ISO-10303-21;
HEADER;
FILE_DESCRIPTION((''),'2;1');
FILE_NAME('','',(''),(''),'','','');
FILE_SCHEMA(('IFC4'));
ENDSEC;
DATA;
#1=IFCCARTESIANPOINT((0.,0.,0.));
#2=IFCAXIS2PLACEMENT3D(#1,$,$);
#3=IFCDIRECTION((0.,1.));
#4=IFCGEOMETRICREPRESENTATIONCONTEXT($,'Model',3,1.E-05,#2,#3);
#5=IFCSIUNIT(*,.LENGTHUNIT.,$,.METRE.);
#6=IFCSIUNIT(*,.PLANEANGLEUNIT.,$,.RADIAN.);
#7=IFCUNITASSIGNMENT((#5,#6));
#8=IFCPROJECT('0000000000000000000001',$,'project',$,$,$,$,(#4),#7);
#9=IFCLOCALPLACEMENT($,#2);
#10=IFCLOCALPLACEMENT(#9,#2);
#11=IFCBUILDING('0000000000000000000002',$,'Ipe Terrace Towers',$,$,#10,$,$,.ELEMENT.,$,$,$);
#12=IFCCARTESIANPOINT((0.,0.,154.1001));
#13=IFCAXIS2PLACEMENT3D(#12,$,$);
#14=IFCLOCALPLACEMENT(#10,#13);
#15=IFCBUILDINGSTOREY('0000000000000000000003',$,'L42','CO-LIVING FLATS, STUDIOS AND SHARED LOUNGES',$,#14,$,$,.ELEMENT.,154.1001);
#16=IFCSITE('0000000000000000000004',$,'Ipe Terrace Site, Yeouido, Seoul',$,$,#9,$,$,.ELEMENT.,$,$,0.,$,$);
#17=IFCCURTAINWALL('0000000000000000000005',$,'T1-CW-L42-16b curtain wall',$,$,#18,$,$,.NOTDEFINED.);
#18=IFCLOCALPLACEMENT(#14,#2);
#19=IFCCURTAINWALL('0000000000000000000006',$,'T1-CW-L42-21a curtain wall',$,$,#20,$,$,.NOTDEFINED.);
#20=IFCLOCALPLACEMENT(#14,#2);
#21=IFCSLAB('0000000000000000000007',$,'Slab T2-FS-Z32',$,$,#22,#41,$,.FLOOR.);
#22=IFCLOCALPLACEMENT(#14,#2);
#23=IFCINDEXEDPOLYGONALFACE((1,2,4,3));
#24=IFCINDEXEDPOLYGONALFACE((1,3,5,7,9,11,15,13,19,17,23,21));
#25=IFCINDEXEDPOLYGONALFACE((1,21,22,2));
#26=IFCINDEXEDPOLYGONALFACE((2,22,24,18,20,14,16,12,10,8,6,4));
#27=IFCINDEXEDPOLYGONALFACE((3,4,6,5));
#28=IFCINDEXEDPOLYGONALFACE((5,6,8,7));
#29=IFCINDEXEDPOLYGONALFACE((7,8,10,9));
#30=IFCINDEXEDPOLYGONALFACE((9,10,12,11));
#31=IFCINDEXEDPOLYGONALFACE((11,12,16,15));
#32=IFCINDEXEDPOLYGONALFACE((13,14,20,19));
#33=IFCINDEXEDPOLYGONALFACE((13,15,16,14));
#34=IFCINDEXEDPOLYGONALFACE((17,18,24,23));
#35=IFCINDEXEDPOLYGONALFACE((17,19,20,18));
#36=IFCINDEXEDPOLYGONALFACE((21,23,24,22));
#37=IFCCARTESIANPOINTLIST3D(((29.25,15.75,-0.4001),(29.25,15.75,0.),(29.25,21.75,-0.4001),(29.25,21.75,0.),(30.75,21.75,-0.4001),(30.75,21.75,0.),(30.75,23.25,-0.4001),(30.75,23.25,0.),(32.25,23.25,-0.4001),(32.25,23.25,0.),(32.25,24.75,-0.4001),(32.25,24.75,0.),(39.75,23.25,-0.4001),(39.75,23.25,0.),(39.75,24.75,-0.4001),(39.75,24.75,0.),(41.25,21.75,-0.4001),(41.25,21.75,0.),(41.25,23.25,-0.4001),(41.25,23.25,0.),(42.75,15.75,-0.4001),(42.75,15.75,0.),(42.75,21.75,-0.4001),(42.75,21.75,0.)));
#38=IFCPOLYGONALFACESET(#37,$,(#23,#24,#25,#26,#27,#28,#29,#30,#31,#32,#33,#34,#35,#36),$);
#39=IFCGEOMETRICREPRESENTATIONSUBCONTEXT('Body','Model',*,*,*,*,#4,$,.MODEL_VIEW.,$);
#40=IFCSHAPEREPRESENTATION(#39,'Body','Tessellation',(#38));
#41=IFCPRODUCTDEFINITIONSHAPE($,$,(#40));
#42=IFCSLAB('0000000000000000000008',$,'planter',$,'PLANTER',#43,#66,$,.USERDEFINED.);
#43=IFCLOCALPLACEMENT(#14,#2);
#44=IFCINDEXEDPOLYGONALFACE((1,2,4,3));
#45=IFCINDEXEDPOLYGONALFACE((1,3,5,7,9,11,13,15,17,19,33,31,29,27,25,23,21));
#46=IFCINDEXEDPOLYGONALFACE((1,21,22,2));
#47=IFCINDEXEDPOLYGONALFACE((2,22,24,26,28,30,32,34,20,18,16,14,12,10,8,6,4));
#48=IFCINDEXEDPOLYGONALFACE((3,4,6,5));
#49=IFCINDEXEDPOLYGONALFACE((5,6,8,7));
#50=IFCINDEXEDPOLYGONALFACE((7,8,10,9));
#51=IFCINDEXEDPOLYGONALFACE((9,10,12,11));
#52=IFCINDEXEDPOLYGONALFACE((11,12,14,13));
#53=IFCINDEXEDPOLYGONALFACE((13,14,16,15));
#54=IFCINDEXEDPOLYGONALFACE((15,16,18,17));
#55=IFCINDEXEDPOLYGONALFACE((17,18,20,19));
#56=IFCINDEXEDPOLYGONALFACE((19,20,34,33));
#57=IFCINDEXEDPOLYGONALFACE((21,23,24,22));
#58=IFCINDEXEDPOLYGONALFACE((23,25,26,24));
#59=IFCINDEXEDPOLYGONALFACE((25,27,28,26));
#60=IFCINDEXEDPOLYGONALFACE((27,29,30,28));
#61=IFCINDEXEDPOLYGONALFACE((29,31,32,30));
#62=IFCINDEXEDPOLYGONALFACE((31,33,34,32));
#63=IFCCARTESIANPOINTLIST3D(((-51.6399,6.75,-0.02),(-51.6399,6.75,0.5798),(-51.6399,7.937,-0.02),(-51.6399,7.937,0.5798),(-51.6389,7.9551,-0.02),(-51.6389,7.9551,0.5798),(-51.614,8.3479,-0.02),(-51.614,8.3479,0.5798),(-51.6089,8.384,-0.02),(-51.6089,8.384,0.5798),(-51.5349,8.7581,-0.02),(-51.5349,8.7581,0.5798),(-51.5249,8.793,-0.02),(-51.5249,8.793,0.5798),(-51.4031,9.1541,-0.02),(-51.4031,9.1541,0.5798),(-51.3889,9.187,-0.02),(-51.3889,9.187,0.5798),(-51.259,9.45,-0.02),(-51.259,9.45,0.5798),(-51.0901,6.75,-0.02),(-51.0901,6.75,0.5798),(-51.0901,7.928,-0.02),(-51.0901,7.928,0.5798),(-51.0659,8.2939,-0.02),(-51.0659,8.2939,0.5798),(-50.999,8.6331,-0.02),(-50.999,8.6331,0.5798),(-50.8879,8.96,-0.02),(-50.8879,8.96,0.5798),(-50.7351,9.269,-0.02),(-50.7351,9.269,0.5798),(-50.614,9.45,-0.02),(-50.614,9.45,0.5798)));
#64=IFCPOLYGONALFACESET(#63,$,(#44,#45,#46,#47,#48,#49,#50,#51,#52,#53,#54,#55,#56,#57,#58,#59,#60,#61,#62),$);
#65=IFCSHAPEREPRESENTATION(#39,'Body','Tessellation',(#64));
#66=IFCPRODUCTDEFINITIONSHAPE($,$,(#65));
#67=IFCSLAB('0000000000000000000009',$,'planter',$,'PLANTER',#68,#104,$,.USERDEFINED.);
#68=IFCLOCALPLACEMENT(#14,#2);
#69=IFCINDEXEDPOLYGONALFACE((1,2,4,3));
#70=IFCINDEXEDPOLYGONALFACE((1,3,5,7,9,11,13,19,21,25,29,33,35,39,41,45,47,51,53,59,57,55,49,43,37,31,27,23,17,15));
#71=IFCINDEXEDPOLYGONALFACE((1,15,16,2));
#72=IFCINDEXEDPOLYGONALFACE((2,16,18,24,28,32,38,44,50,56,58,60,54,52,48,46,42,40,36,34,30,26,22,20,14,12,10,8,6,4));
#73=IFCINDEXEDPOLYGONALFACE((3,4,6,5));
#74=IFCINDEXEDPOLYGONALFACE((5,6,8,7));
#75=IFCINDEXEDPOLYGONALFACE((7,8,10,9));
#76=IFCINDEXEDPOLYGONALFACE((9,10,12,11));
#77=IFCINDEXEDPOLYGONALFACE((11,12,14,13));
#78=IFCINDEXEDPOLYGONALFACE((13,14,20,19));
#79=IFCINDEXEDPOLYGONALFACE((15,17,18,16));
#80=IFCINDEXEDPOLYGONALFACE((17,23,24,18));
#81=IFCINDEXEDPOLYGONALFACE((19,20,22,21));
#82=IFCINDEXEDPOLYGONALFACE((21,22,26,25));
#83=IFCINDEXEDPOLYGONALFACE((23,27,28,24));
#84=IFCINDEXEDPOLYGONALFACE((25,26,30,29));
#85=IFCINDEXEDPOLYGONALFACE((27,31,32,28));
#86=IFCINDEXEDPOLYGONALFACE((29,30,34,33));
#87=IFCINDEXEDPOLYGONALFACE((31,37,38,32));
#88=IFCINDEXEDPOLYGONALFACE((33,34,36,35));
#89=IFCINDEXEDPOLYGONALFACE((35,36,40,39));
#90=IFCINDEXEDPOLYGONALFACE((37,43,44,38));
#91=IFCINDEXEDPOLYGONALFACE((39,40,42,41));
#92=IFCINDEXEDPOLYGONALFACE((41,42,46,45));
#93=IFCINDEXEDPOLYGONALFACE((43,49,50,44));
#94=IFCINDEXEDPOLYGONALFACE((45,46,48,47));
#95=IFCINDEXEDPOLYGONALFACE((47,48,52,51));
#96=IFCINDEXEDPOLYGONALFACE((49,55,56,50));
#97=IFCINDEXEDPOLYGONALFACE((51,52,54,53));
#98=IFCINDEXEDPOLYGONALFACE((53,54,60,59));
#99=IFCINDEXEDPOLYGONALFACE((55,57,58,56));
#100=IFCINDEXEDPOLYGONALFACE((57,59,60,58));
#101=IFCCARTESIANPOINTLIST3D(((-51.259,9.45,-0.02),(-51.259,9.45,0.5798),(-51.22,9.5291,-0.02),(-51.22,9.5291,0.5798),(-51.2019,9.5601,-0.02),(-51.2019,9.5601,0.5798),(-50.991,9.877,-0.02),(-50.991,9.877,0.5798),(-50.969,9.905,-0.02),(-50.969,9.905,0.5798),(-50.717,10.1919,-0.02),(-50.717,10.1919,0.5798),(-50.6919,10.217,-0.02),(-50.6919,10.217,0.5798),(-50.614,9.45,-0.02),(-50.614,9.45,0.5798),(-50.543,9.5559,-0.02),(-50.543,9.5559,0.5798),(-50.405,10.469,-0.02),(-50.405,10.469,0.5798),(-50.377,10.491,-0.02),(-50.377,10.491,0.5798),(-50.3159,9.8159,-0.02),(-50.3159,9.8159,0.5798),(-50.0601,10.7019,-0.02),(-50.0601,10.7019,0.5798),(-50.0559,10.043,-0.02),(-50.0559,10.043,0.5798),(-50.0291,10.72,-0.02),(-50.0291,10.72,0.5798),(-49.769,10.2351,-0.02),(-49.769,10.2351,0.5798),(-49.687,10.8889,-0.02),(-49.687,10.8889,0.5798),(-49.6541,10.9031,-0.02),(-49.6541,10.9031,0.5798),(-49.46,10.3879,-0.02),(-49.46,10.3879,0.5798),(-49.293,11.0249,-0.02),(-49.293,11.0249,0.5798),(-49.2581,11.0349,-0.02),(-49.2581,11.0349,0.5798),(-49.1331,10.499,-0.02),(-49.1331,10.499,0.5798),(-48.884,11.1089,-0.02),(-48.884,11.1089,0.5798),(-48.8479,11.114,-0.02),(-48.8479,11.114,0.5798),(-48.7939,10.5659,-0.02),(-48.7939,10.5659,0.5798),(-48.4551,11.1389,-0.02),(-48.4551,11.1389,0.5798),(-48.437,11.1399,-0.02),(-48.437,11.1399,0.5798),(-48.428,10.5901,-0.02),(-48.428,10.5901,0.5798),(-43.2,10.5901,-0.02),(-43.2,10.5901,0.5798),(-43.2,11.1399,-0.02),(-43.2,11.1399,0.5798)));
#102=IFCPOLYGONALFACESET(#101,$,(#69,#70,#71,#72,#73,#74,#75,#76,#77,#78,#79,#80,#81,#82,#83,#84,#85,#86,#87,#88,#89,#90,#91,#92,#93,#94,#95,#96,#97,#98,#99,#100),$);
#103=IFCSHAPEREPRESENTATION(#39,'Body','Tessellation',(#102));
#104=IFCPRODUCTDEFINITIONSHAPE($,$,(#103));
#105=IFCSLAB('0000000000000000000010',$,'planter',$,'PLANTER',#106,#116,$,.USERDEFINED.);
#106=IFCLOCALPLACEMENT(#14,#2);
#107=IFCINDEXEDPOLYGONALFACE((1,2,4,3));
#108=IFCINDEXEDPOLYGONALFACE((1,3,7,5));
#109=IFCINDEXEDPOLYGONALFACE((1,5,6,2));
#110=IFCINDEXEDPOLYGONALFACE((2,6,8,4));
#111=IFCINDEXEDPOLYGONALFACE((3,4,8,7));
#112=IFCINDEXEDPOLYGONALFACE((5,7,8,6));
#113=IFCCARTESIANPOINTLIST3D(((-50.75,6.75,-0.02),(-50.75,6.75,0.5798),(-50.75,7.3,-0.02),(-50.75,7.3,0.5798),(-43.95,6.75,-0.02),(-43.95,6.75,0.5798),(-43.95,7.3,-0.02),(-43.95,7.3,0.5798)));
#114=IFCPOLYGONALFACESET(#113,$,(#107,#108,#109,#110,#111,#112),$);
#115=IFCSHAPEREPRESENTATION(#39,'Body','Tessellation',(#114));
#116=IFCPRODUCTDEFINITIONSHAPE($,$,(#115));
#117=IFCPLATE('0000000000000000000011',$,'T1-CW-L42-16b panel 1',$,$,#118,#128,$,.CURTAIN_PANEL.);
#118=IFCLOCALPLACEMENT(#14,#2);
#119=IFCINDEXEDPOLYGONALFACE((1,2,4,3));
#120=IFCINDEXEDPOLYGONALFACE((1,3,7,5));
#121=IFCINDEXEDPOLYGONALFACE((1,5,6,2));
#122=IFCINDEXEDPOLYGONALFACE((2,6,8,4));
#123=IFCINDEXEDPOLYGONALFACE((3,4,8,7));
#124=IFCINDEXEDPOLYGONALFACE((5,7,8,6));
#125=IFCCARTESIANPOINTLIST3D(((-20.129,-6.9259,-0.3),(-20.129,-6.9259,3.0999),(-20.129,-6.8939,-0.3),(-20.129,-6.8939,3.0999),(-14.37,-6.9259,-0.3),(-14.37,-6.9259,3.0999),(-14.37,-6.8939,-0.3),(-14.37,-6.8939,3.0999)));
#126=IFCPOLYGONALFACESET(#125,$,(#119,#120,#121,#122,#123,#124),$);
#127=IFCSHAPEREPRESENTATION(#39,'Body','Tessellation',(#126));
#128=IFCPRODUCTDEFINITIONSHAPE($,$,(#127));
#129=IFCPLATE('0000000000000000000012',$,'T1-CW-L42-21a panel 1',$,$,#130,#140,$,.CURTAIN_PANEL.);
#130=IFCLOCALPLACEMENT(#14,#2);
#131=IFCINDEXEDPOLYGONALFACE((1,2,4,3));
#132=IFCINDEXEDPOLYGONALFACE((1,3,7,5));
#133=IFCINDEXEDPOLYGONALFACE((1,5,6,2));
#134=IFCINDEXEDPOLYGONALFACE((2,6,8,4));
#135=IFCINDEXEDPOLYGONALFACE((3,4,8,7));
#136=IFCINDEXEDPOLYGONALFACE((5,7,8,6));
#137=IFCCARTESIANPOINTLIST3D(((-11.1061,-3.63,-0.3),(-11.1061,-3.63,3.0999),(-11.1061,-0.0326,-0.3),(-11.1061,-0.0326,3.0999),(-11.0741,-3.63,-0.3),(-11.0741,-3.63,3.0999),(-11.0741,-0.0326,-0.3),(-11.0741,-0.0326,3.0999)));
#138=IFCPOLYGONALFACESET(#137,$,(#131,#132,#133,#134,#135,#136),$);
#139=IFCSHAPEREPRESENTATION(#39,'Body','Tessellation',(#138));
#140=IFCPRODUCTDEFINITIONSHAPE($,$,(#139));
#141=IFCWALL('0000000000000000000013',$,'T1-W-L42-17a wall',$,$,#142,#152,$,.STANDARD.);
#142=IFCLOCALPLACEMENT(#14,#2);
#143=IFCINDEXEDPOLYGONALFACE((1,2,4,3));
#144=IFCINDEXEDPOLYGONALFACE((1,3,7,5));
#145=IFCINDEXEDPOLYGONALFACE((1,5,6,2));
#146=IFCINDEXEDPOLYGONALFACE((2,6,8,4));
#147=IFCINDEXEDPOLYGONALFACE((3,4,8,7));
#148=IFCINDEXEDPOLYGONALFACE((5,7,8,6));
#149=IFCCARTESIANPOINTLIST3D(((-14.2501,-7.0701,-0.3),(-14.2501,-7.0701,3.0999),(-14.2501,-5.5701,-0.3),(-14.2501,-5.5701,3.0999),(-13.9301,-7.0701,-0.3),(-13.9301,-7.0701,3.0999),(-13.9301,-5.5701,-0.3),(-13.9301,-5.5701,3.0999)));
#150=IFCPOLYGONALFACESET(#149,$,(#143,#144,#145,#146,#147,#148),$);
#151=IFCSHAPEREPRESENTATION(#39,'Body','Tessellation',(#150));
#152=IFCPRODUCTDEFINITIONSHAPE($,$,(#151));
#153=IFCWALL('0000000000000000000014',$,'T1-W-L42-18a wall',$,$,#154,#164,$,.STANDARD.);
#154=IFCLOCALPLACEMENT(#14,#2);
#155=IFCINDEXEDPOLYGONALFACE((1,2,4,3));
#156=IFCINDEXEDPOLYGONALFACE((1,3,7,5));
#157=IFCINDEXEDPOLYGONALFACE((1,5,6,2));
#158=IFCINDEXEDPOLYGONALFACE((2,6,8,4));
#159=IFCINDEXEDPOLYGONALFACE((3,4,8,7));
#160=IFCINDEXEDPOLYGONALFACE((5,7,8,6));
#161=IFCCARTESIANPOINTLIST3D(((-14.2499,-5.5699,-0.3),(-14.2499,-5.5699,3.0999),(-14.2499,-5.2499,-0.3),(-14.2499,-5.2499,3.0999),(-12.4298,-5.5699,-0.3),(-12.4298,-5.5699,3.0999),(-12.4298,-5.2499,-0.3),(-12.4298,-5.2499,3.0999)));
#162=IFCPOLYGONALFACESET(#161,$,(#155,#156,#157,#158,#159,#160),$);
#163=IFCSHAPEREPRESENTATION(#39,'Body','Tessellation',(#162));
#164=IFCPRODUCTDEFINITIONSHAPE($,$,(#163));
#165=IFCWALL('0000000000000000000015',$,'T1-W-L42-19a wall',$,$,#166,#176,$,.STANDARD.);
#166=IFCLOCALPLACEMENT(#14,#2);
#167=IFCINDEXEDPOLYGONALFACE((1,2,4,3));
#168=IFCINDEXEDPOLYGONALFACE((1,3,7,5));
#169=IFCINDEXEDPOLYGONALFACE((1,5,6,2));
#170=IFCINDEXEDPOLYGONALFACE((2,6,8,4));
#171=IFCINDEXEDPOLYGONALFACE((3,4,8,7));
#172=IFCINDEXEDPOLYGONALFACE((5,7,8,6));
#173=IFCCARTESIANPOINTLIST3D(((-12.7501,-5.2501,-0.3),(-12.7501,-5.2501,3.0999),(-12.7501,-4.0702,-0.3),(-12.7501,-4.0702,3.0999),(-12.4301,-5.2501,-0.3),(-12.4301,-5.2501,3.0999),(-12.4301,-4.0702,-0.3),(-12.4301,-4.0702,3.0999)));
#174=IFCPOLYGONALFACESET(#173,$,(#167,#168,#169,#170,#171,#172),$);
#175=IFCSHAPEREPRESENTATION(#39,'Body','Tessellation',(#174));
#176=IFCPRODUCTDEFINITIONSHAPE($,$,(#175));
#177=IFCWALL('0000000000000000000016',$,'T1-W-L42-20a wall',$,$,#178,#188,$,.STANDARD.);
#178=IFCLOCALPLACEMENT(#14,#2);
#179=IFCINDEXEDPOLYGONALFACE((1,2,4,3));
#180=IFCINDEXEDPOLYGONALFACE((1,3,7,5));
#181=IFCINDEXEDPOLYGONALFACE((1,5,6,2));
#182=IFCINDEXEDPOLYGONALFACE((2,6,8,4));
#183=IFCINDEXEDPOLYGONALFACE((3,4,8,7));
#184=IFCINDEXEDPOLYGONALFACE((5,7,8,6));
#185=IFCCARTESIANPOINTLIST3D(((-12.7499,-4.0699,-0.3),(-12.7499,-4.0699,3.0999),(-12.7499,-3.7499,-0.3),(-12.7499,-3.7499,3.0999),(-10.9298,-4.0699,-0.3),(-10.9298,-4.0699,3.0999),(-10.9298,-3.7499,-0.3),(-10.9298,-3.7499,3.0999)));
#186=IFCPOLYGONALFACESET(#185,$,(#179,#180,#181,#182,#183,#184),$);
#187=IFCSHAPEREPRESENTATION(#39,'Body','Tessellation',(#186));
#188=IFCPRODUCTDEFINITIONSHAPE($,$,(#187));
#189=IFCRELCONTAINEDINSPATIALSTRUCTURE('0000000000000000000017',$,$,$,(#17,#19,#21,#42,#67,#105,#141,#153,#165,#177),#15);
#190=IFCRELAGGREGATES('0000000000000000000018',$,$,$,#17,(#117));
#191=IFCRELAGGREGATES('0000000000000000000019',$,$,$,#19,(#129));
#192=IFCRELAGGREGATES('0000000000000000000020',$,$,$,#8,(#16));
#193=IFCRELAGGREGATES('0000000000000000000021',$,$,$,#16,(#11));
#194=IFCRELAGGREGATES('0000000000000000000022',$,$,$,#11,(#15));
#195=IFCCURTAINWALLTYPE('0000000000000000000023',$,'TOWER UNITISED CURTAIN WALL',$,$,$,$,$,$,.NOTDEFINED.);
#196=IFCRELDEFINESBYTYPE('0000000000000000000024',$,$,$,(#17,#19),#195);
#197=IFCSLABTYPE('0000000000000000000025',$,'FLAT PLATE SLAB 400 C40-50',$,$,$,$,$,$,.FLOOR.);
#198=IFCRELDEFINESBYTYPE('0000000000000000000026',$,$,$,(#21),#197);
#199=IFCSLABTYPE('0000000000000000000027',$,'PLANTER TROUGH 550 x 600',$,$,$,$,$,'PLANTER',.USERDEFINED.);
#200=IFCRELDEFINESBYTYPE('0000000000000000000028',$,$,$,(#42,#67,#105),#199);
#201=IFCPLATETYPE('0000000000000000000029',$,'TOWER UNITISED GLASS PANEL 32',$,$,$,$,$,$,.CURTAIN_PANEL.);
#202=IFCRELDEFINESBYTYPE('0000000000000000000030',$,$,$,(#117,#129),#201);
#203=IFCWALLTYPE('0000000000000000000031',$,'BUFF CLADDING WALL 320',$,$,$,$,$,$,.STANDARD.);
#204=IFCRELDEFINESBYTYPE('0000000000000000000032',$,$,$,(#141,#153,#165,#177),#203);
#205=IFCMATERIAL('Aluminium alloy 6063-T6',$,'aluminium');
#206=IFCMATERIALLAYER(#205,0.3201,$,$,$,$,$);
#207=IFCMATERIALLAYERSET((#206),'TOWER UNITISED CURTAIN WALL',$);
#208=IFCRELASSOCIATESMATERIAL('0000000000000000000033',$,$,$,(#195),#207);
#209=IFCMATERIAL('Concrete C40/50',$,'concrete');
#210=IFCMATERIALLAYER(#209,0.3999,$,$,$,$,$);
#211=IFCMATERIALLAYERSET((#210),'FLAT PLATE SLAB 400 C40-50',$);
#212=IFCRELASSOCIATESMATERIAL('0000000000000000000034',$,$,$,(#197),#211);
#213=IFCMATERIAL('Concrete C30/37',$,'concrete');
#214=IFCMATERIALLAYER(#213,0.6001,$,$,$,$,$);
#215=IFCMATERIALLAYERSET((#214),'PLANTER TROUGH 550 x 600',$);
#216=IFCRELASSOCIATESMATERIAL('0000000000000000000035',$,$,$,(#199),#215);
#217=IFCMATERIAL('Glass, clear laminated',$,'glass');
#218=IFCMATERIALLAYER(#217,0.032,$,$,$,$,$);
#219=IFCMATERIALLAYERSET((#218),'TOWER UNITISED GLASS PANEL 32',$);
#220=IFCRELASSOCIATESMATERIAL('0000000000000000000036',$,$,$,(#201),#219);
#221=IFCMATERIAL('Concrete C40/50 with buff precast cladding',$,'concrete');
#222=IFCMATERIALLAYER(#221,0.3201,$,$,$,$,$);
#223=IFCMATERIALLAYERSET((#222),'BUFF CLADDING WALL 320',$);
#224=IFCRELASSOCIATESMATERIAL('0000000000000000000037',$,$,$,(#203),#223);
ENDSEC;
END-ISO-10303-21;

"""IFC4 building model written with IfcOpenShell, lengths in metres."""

from ifc_helpers import new_model, si_unit, direction, frame, frame_2d, origin, origin_2d, place, context, subcontext, project, spatial, polyline, rectangle, outline, extrude, material, layer, layer_set, type_object, element, aggregate, save


model = new_model("IFC4")

# Units and contexts
model_context = context("Model", 3, precision=1e-05, world=origin(), true_north=direction((0.0, 1.0)))
body_context = subcontext(model_context, "Body", "Model", "MODEL_VIEW")
ifc_project = project(units=[si_unit("LENGTHUNIT", "METRE"), si_unit("PLANEANGLEUNIT", "RADIAN")], contexts=[model_context])

# Site, building, storey
site_placement = place(None, origin())
site = spatial("IfcSite", under=ifc_project, at=site_placement, Name="Ipe Terrace Site, Yeouido, Seoul", CompositionType="ELEMENT", RefElevation=0.0)
building_placement = place(site_placement, origin())
building = spatial("IfcBuilding", under=site, at=building_placement, Name="Ipe Terrace Towers", CompositionType="ELEMENT")
storey_placement = place(building_placement, frame((0.0, 0.0, 154.1001)))
storey = spatial("IfcBuildingStorey", under=building, at=storey_placement, Name="L42", Description="CO-LIVING FLATS, STUDIOS AND SHARED LOUNGES", CompositionType="ELEMENT", Elevation=154.1001)

# Curtain walls
ifc_material_1 = material(Name="Aluminium alloy 6063-T6", Category="aluminium")
ifc_layer_1 = layer(ifc_material_1, 0.3201)
ifc_layer_set_1 = layer_set([ifc_layer_1], Name="TOWER UNITISED CURTAIN WALL")
curtain_wall_type = type_object("IfcCurtainWallType", Name="TOWER UNITISED CURTAIN WALL", PredefinedType="NOTDEFINED", material=ifc_layer_set_1)
curtain_wall_1_placement = place(storey_placement, origin())
curtain_wall_1 = element("IfcCurtainWall", 1, at=curtain_wall_1_placement, inside=storey, type_object=curtain_wall_type, Name="T1-CW-L42-16b curtain wall", PredefinedType="NOTDEFINED")
curtain_wall_2_placement = place(storey_placement, origin())
curtain_wall_2 = element("IfcCurtainWall", 2, at=curtain_wall_2_placement, inside=storey, type_object=curtain_wall_type, Name="T1-CW-L42-21a curtain wall", PredefinedType="NOTDEFINED")

# Slabs
ifc_material_2 = material(Name="Concrete C40/50", Category="concrete")
ifc_layer_2 = layer(ifc_material_2, 0.3999)
ifc_layer_set_2 = layer_set([ifc_layer_2], Name="FLAT PLATE SLAB 400 C40-50")
slab_type_1 = type_object("IfcSlabType", Name="FLAT PLATE SLAB 400 C40-50", PredefinedType="FLOOR", material=ifc_layer_set_2)
slab_1_placement = place(storey_placement, frame((0.0, 0.0, -0.4001)))
element("IfcSlab", 3, at=slab_1_placement, inside=storey, type_object=slab_type_1, Name="Slab T2-FS-Z32", PredefinedType="FLOOR", context=body_context, shape_type="SweptSolid", body=[
    extrude(outline(polyline([(30.75, 21.75), (30.75, 23.25), (32.25, 23.25), (32.25, 24.75), (39.75, 24.75), (39.75, 23.25), (41.25, 23.25), (41.25, 21.75), (42.75, 21.75), (42.75, 15.75), (29.25, 15.75), (29.25, 21.75), (30.75, 21.75)])), origin(), (0.0, 0.0, 1.0), 0.4001),
])
ifc_material_3 = material(Name="Concrete C30/37", Category="concrete")
ifc_layer_3 = layer(ifc_material_3, 0.6001)
ifc_layer_set_3 = layer_set([ifc_layer_3], Name="PLANTER TROUGH 550 x 600")
slab_type_2 = type_object("IfcSlabType", Name="PLANTER TROUGH 550 x 600", ElementType="PLANTER", PredefinedType="USERDEFINED", material=ifc_layer_set_3)
slab_2_placement = place(storey_placement, frame((0.0, 0.0, -0.02)))
element("IfcSlab", 4, at=slab_2_placement, inside=storey, type_object=slab_type_2, Name="planter", ObjectType="PLANTER", PredefinedType="USERDEFINED", context=body_context, shape_type="SweptSolid", body=[
    extrude(outline(polyline([(-50.999, 8.6331), (-50.8879, 8.96), (-50.7351, 9.269), (-50.614, 9.45), (-51.259, 9.45), (-51.3889, 9.187), (-51.4031, 9.1541), (-51.5249, 8.793), (-51.5349, 8.7581), (-51.6089, 8.384), (-51.614, 8.3479), (-51.6389, 7.9551), (-51.6399, 7.937), (-51.6399, 6.75), (-51.0901, 6.75), (-51.0901, 7.928), (-51.0659, 8.2939), (-50.999, 8.6331)])), origin(), (0.0, 0.0, 1.0), 0.5999),
])
slab_3_placement = place(storey_placement, frame((0.0, 0.0, -0.02)))
element("IfcSlab", 5, at=slab_3_placement, inside=storey, type_object=slab_type_2, Name="planter", ObjectType="PLANTER", PredefinedType="USERDEFINED", context=body_context, shape_type="SweptSolid", body=[
    extrude(outline(polyline([(-50.543, 9.5559), (-50.3159, 9.8159), (-50.0559, 10.043), (-49.769, 10.2351), (-49.46, 10.3879), (-49.1331, 10.499), (-48.7939, 10.5659), (-48.428, 10.5901), (-43.2, 10.5901), (-43.2, 11.1399), (-48.437, 11.1399), (-48.4551, 11.1389), (-48.8479, 11.114), (-48.884, 11.1089), (-49.2581, 11.0349), (-49.293, 11.0249), (-49.6541, 10.9031), (-49.687, 10.8889), (-50.0291, 10.72), (-50.0601, 10.7019), (-50.377, 10.491), (-50.405, 10.469), (-50.6919, 10.217), (-50.717, 10.1919), (-50.969, 9.905), (-50.991, 9.877), (-51.2019, 9.5601), (-51.22, 9.5291), (-51.259, 9.45), (-50.614, 9.45), (-50.543, 9.5559)])), origin(), (0.0, 0.0, 1.0), 0.5999),
])
slab_4_placement = place(storey_placement, frame((0.0, 0.0, -0.02)))
element("IfcSlab", 6, at=slab_4_placement, inside=storey, type_object=slab_type_2, Name="planter", ObjectType="PLANTER", PredefinedType="USERDEFINED", context=body_context, shape_type="SweptSolid", body=[
    extrude(outline(polyline([(-43.95, 6.75), (-43.95, 7.3), (-50.75, 7.3), (-50.75, 6.75), (-43.95, 6.75)])), origin(), (0.0, 0.0, 1.0), 0.5999),
])

# Plates
ifc_material_4 = material(Name="Glass, clear laminated", Category="glass")
ifc_layer_4 = layer(ifc_material_4, 0.032)
ifc_layer_set_4 = layer_set([ifc_layer_4], Name="TOWER UNITISED GLASS PANEL 32")
plate_type = type_object("IfcPlateType", Name="TOWER UNITISED GLASS PANEL 32", PredefinedType="CURTAIN_PANEL", material=ifc_layer_set_4)
plate_1_placement = place(storey_placement, frame((-17.2495, -6.9099, -0.3), z_axis=(0.0, 0.0, 1.0), x_axis=(1.0, 0.0, 0.0)))
plate_1 = element("IfcPlate", 7, at=plate_1_placement, type_object=plate_type, Name="T1-CW-L42-16b panel 1", PredefinedType="CURTAIN_PANEL", context=body_context, shape_type="SweptSolid", body=[
    extrude(rectangle(XDim=5.759, YDim=0.032, at=origin_2d()), origin(), (0.0, 0.0, 1.0), 3.3999),
])
aggregate(curtain_wall_1, [plate_1])
plate_2_placement = place(storey_placement, frame((-11.0901, -1.8313, -0.3), z_axis=(0.0, 0.0, 1.0), x_axis=(0.0, 1.0, 0.0)))
plate_2 = element("IfcPlate", 8, at=plate_2_placement, type_object=plate_type, Name="T1-CW-L42-21a panel 1", PredefinedType="CURTAIN_PANEL", context=body_context, shape_type="SweptSolid", body=[
    extrude(rectangle(XDim=3.5974, YDim=0.032, at=origin_2d()), origin(), (0.0, 0.0, 1.0), 3.3999),
])
aggregate(curtain_wall_2, [plate_2])

# Walls
ifc_material_5 = material(Name="Concrete C40/50 with buff precast cladding", Category="concrete")
ifc_layer_5 = layer(ifc_material_5, 0.3201)
ifc_layer_set_5 = layer_set([ifc_layer_5], Name="BUFF CLADDING WALL 320")
wall_type_1 = type_object("IfcWallType", Name="BUFF CLADDING WALL 320", PredefinedType="STANDARD", material=ifc_layer_set_5)
wall_1_placement = place(storey_placement, frame((-14.0901, -7.0701, -0.3), z_axis=(0.0, 0.0, 1.0), x_axis=(0.0, 1.0, 0.0)))
element("IfcWall", 9, at=wall_1_placement, inside=storey, type_object=wall_type_1, Name="T1-W-L42-17a wall", PredefinedType="STANDARD", context=body_context, shape_type="SweptSolid", body=[
    extrude(rectangle(XDim=1.5, YDim=0.3201, at=frame_2d((0.75, 0.0))), origin(), (0.0, 0.0, 1.0), 3.3999),
])
wall_2_placement = place(storey_placement, frame((-14.25, -5.4099, -0.3), z_axis=(0.0, 0.0, 1.0), x_axis=(1.0, 0.0, 0.0)))
element("IfcWall", 10, at=wall_2_placement, inside=storey, type_object=wall_type_1, Name="T1-W-L42-18a wall", PredefinedType="STANDARD", context=body_context, shape_type="SweptSolid", body=[
    extrude(rectangle(XDim=1.8201, YDim=0.3201, at=frame_2d((0.9102, 0.0))), origin(), (0.0, 0.0, 1.0), 3.3999),
])
wall_3_placement = place(storey_placement, frame((-12.5901, -5.25, -0.3), z_axis=(0.0, 0.0, 1.0), x_axis=(0.0, 1.0, 0.0)))
element("IfcWall", 11, at=wall_3_placement, inside=storey, type_object=wall_type_1, Name="T1-W-L42-19a wall", PredefinedType="STANDARD", context=body_context, shape_type="SweptSolid", body=[
    extrude(rectangle(XDim=1.1799, YDim=0.3201, at=frame_2d((0.5898, 0.0))), origin(), (0.0, 0.0, 1.0), 3.3999),
])
wall_4_placement = place(storey_placement, frame((-12.75, -3.9099, -0.3), z_axis=(0.0, 0.0, 1.0), x_axis=(1.0, 0.0, 0.0)))
element("IfcWall", 12, at=wall_4_placement, inside=storey, type_object=wall_type_1, Name="T1-W-L42-20a wall", PredefinedType="STANDARD", context=body_context, shape_type="SweptSolid", body=[
    extrude(rectangle(XDim=1.8201, YDim=0.3201, at=frame_2d((0.9102, 0.0))), origin(), (0.0, 0.0, 1.0), 3.3999),
])

save(model, "model.ifc")
